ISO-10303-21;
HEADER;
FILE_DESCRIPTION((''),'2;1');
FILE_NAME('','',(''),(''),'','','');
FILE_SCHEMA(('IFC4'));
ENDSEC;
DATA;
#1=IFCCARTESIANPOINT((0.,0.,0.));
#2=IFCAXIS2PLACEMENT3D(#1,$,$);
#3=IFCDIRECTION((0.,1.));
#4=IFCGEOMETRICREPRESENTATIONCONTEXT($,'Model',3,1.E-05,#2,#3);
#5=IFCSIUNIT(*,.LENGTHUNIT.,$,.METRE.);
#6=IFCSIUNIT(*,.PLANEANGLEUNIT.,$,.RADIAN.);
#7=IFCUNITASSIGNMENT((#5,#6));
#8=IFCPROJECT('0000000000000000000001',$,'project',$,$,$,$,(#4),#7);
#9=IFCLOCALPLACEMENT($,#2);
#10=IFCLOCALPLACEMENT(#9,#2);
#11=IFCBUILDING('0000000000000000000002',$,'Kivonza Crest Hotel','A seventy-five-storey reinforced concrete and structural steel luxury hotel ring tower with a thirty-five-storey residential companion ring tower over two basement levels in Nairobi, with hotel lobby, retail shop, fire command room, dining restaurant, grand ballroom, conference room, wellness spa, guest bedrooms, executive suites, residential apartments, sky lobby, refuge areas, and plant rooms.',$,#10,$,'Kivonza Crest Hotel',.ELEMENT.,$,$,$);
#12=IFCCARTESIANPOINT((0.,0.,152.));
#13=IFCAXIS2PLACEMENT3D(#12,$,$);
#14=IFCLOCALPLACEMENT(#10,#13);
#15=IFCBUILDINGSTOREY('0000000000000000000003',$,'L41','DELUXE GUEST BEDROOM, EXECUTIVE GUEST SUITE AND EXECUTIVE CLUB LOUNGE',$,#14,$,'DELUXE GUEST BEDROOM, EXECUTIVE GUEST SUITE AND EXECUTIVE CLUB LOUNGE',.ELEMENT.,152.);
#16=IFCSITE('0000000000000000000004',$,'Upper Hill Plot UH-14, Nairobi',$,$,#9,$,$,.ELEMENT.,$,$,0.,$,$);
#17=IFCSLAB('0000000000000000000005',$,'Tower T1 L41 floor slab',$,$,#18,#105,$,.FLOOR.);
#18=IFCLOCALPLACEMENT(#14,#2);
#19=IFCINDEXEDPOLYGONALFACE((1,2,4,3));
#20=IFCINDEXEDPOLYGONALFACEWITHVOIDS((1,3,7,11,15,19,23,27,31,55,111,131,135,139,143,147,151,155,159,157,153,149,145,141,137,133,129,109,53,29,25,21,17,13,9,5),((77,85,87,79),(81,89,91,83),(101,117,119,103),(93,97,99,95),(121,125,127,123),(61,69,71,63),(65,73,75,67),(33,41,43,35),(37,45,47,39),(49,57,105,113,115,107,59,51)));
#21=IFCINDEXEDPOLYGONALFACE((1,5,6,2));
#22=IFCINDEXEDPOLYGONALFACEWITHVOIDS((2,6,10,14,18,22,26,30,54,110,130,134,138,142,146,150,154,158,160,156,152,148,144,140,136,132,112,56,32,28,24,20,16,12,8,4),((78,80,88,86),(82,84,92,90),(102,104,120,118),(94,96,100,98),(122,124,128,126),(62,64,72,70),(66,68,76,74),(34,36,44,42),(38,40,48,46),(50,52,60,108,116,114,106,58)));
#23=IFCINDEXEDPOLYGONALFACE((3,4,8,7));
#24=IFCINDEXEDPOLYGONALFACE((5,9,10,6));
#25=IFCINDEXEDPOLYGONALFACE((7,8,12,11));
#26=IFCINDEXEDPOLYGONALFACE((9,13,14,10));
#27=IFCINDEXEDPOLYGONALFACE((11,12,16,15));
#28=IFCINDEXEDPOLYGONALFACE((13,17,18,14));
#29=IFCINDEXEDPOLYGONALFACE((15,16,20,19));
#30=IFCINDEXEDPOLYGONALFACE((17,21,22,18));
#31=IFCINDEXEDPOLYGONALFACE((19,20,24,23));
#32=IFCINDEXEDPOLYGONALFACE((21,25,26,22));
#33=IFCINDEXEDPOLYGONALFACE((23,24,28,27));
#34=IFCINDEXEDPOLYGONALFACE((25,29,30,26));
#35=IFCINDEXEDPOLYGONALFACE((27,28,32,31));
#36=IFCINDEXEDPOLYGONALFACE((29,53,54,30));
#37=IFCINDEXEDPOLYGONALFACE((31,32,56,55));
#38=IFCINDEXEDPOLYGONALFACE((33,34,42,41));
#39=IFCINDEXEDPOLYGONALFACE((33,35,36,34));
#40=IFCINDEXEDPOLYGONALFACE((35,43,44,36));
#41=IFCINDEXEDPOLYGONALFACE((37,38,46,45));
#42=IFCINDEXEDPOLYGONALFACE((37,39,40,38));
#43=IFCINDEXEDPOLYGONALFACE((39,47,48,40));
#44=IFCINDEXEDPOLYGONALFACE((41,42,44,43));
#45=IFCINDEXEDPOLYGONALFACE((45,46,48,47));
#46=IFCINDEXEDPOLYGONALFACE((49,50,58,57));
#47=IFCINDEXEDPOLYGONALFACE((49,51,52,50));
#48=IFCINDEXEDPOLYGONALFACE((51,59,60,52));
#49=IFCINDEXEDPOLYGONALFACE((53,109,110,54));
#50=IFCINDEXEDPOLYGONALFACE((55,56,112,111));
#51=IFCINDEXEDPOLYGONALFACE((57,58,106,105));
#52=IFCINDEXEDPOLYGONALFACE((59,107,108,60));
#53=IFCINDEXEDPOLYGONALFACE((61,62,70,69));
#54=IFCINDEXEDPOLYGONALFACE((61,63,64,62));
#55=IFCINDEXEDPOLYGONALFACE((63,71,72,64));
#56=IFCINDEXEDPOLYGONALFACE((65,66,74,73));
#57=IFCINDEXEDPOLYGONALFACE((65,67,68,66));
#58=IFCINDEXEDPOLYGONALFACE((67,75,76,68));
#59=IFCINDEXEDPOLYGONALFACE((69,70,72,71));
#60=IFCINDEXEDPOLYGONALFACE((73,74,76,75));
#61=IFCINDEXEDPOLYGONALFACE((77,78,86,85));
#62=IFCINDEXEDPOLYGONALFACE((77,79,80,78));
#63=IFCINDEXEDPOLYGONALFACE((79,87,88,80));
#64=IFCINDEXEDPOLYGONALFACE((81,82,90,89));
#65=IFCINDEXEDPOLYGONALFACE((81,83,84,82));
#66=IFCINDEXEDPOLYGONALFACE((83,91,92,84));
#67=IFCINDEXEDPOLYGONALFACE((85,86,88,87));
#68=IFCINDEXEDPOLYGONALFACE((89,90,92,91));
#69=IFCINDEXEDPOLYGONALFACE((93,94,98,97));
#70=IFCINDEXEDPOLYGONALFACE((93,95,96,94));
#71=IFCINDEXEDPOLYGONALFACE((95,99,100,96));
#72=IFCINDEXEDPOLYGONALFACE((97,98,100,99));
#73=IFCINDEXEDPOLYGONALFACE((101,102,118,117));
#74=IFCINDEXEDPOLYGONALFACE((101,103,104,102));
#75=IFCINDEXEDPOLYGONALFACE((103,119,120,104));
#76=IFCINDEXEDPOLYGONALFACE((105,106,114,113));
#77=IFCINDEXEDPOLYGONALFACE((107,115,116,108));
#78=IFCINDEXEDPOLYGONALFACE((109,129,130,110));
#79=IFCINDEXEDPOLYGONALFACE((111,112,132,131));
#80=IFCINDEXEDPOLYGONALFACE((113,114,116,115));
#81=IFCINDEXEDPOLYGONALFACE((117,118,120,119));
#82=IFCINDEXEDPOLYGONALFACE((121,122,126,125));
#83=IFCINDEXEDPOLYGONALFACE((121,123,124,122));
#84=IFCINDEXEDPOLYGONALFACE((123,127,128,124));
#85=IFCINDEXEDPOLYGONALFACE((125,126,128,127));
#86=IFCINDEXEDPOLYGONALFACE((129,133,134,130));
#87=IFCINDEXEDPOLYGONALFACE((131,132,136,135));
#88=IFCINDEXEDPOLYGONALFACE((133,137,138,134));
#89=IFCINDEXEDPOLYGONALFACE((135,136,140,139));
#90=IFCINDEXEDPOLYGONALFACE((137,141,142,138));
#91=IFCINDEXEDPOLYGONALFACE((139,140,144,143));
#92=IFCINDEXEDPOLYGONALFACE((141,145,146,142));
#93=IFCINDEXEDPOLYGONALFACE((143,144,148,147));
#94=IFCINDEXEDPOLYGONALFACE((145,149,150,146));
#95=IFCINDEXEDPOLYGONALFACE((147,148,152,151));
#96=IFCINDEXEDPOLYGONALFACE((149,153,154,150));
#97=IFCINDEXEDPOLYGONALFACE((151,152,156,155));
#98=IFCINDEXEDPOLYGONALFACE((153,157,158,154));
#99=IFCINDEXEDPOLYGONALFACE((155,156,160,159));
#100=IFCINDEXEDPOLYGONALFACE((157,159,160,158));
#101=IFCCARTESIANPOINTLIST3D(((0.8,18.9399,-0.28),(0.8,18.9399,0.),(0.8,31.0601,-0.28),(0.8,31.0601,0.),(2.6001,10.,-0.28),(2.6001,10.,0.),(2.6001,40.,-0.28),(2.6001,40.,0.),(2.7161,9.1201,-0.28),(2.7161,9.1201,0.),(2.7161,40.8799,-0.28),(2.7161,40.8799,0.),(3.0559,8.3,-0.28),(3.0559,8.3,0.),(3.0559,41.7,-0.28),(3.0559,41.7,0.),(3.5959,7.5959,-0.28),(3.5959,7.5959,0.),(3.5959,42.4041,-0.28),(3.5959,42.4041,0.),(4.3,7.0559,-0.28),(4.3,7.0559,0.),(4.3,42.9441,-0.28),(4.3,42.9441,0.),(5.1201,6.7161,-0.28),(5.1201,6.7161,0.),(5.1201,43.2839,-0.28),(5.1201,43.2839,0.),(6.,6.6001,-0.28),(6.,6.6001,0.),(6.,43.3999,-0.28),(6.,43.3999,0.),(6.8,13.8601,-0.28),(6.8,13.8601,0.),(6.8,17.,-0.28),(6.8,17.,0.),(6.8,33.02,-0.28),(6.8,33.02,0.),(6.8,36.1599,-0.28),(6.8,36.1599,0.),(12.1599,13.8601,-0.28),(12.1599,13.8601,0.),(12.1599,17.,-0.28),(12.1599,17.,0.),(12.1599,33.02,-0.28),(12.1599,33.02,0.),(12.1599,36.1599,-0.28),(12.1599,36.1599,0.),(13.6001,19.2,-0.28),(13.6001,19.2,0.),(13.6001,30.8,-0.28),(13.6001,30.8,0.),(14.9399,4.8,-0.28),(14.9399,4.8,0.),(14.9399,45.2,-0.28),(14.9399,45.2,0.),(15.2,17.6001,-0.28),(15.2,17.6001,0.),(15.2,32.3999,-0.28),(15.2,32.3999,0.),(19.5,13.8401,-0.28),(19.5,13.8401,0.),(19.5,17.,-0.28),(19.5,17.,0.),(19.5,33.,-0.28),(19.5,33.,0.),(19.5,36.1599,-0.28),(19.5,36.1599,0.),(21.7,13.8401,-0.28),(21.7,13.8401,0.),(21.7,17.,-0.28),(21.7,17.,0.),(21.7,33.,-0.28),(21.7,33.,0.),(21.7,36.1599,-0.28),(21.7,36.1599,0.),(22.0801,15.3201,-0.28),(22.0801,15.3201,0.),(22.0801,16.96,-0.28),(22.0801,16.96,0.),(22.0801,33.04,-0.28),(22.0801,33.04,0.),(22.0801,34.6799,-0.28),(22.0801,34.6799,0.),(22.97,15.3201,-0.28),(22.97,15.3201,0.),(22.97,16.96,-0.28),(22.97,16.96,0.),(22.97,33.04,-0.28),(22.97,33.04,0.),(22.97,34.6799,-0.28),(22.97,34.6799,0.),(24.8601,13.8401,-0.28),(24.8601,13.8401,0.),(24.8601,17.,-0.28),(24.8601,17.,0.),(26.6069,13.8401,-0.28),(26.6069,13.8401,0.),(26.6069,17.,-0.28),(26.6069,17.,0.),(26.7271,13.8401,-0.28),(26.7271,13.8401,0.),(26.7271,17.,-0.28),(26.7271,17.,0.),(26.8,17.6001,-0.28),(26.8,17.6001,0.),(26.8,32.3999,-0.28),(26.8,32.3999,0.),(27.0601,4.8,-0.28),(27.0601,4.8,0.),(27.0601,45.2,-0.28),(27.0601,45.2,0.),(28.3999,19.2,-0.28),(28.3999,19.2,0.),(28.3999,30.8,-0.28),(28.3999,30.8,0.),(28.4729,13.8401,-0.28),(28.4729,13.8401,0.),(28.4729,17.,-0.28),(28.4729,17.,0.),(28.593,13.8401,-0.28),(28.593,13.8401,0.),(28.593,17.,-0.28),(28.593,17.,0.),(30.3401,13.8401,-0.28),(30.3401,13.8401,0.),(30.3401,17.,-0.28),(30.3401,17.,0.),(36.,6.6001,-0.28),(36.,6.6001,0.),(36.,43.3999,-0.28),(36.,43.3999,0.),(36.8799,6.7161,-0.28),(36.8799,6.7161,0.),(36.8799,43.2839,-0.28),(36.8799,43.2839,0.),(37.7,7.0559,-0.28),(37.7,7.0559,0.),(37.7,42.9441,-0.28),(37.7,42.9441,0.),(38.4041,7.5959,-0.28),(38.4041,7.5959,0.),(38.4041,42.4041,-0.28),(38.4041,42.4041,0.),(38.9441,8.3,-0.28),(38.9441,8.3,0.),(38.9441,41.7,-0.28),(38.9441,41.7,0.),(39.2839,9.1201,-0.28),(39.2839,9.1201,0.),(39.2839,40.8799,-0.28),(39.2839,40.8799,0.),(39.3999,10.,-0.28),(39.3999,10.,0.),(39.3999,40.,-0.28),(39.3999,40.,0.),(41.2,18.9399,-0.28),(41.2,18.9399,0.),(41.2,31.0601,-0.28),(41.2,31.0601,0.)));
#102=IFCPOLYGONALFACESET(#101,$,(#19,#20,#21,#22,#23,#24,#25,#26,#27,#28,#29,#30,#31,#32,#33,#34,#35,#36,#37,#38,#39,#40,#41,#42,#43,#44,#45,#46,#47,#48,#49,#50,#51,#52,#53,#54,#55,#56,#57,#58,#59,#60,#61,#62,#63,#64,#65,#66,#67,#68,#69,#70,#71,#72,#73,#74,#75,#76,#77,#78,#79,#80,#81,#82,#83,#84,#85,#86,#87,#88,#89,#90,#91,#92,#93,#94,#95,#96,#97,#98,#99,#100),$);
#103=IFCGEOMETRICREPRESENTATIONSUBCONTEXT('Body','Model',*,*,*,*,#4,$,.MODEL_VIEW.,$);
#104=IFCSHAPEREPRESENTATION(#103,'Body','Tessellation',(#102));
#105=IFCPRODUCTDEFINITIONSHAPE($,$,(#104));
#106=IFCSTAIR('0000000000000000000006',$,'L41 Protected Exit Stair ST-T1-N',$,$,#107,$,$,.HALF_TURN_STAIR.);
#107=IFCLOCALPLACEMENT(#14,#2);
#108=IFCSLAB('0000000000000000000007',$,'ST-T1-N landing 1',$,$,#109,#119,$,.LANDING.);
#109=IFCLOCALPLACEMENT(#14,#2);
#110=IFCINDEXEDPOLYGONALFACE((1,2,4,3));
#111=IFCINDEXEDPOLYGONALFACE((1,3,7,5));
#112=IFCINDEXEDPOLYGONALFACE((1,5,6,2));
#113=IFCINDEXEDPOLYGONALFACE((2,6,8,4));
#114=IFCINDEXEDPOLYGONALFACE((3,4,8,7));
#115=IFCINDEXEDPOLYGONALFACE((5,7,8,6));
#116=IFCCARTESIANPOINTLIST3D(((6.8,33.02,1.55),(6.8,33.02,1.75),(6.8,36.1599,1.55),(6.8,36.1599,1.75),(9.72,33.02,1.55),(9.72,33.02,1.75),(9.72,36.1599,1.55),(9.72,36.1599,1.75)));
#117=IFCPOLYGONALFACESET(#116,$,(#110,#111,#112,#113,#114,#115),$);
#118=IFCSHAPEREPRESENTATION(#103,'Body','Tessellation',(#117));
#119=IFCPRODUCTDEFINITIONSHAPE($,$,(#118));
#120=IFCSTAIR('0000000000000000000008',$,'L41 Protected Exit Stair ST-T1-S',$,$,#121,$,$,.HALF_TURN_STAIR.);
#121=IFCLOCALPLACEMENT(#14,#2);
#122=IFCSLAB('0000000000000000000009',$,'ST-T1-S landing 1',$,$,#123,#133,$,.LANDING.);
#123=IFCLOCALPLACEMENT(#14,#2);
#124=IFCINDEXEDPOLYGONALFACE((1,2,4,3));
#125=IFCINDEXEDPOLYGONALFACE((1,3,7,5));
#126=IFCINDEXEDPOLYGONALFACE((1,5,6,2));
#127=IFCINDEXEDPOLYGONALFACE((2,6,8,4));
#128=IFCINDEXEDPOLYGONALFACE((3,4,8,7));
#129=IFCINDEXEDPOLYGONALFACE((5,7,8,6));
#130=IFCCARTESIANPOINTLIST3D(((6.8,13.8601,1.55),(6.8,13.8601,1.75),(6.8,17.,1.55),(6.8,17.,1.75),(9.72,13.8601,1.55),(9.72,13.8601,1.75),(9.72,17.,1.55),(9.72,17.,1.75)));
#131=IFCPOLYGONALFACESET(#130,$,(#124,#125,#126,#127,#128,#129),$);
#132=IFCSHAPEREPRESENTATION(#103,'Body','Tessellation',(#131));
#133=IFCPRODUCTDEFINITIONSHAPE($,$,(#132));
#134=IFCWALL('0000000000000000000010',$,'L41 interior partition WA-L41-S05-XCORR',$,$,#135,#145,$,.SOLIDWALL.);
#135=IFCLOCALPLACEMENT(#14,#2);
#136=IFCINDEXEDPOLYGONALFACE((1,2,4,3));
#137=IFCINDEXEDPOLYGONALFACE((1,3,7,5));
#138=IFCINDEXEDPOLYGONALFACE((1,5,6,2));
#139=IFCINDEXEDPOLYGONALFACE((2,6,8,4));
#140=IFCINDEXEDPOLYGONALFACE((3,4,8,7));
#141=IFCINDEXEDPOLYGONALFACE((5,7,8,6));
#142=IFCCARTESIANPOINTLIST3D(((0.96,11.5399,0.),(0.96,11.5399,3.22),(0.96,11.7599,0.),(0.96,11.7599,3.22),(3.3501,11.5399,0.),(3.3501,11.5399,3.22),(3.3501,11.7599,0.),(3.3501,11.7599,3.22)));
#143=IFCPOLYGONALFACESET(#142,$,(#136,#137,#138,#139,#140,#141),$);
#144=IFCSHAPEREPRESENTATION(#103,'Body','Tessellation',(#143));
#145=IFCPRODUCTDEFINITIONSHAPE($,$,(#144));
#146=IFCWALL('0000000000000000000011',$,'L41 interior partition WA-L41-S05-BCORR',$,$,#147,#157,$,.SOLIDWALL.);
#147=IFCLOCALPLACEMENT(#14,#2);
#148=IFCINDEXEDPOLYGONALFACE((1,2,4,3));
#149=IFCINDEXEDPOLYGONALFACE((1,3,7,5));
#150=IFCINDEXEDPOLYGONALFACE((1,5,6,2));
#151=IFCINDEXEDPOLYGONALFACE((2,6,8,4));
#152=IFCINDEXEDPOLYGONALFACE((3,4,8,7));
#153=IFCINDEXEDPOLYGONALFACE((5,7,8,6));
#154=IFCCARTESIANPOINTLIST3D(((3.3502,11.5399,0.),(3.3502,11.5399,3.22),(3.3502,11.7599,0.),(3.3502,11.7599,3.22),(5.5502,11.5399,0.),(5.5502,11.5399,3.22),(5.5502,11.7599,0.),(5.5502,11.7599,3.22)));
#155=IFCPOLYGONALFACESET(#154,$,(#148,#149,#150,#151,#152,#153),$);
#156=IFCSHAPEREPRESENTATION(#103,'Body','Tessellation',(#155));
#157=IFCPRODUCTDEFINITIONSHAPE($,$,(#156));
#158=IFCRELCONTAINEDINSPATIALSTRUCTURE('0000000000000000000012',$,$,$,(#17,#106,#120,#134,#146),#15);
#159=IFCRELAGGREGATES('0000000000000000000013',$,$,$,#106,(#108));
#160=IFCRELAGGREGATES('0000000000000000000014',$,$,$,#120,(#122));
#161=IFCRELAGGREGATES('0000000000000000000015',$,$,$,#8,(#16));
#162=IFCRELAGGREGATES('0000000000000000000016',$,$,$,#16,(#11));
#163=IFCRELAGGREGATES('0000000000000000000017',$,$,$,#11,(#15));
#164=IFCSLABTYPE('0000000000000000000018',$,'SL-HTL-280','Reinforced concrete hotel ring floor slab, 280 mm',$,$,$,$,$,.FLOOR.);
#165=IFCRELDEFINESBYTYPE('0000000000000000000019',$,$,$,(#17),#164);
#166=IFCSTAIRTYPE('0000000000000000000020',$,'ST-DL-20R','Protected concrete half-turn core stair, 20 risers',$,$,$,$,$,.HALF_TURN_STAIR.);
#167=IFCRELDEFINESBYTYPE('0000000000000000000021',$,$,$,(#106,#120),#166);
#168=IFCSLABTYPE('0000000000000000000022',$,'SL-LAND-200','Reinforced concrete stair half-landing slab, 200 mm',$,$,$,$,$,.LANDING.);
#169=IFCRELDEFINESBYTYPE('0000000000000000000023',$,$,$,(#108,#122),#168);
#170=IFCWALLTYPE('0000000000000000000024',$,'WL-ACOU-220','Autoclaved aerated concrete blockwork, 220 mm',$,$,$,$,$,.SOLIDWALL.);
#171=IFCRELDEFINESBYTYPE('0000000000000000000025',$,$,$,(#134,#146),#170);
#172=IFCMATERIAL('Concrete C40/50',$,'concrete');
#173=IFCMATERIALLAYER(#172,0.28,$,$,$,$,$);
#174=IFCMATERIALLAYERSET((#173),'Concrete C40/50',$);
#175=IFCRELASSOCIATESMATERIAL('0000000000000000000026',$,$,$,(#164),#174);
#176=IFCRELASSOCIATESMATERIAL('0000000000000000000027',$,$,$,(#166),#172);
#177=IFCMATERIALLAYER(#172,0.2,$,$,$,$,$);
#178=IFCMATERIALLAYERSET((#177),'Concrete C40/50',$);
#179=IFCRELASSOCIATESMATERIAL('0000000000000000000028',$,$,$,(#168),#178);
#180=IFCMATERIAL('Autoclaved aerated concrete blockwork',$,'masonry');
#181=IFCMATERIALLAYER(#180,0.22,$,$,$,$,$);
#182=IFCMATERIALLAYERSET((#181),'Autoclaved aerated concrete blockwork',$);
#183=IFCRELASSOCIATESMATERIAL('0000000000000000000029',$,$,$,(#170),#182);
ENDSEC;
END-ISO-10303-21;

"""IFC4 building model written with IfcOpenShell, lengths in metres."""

from ifc_helpers import new_model, si_unit, direction, frame, frame_2d, origin, place, context, subcontext, project, spatial, polyline, rectangle, outline, extrude, material, layer, layer_set, type_object, element, aggregate, save


model = new_model("IFC4")

# Units and contexts
model_context = context("Model", 3, precision=1e-05, world=origin(), true_north=direction((0.0, 1.0)))
body_context = subcontext(model_context, "Body", "Model", "MODEL_VIEW")
ifc_project = project(units=[si_unit("LENGTHUNIT", "METRE"), si_unit("PLANEANGLEUNIT", "RADIAN")], contexts=[model_context])

# Site, building, storey
site_placement = place(None, origin())
site = spatial("IfcSite", under=ifc_project, at=site_placement, Name="Upper Hill Plot UH-14, Nairobi", CompositionType="ELEMENT", RefElevation=0.0)
building_placement = place(site_placement, origin())
building = spatial("IfcBuilding", under=site, at=building_placement, Name="Kivonza Crest Hotel", Description="A seventy-five-storey reinforced concrete and structural steel luxury hotel ring tower with a thirty-five-storey residential companion ring tower over two basement levels in Nairobi, with hotel lobby, retail shop, fire command room, dining restaurant, grand ballroom, conference room, wellness spa, guest bedrooms, executive suites, residential apartments, sky lobby, refuge areas, and plant rooms.", LongName="Kivonza Crest Hotel", CompositionType="ELEMENT")
storey_placement = place(building_placement, frame((0.0, 0.0, 152.0)))
storey = spatial("IfcBuildingStorey", under=building, at=storey_placement, Name="L41", Description="DELUXE GUEST BEDROOM, EXECUTIVE GUEST SUITE AND EXECUTIVE CLUB LOUNGE", LongName="DELUXE GUEST BEDROOM, EXECUTIVE GUEST SUITE AND EXECUTIVE CLUB LOUNGE", CompositionType="ELEMENT", Elevation=152.0)

# Slab
ifc_material_1 = material(Name="Concrete C40/50", Category="concrete")
ifc_layer_1 = layer(ifc_material_1, 0.28)
ifc_layer_set_1 = layer_set([ifc_layer_1], Name="Concrete C40/50")
slab_type_1 = type_object("IfcSlabType", Name="SL-HTL-280", Description="Reinforced concrete hotel ring floor slab, 280 mm", PredefinedType="FLOOR", material=ifc_layer_set_1)
slab_1_placement = place(storey_placement, frame((0.0, 0.0, -0.28)))
element("IfcSlab", 1, at=slab_1_placement, inside=storey, type_object=slab_type_1, Name="Tower T1 L41 floor slab", PredefinedType="FLOOR", context=body_context, shape_type="SweptSolid", body=[
    extrude(outline(polyline([(2.6001, 10.0), (2.7161, 9.1201), (3.0559, 8.3), (3.5959, 7.5959), (4.3, 7.0559), (5.1201, 6.7161), (6.0, 6.6001), (14.9399, 4.8), (27.0601, 4.8), (36.0, 6.6001), (36.8799, 6.7161), (37.7, 7.0559), (38.4041, 7.5959), (38.9441, 8.3), (39.2839, 9.1201), (39.3999, 10.0), (41.2, 18.9399), (41.2, 31.0601), (39.3999, 40.0), (39.2839, 40.8799), (38.9441, 41.7), (38.4041, 42.4041), (37.7, 42.9441), (36.8799, 43.2839), (36.0, 43.3999), (27.0601, 45.2), (14.9399, 45.2), (6.0, 43.3999), (5.1201, 43.2839), (4.3, 42.9441), (3.5959, 42.4041), (3.0559, 41.7), (2.7161, 40.8799), (2.6001, 40.0), (0.8, 31.0601), (0.8, 18.9399), (2.6001, 10.0)]), holes=[polyline([(15.2, 17.6001), (26.8, 17.6001), (28.3999, 19.2), (28.3999, 30.8), (26.8, 32.3999), (15.2, 32.3999), (13.6001, 30.8), (13.6001, 19.2), (15.2, 17.6001)]), polyline([(6.8, 33.02), (12.1599, 33.02), (12.1599, 36.1599), (6.8, 36.1599), (6.8, 33.02)]), polyline([(6.8, 13.8601), (12.1599, 13.8601), (12.1599, 17.0), (6.8, 17.0), (6.8, 13.8601)]), polyline([(22.0801, 33.04), (22.97, 33.04), (22.97, 34.6799), (22.0801, 34.6799), (22.0801, 33.04)]), polyline([(22.0801, 15.3201), (22.97, 15.3201), (22.97, 16.96), (22.0801, 16.96), (22.0801, 15.3201)]), polyline([(19.5, 33.0), (21.7, 33.0), (21.7, 36.1599), (19.5, 36.1599), (19.5, 33.0)]), polyline([(19.5, 13.8401), (21.7, 13.8401), (21.7, 17.0), (19.5, 17.0), (19.5, 13.8401)]), polyline([(24.8601, 13.8401), (26.6069, 13.8401), (26.6069, 17.0), (24.8601, 17.0), (24.8601, 13.8401)]), polyline([(26.7271, 13.8401), (28.4729, 13.8401), (28.4729, 17.0), (26.7271, 17.0), (26.7271, 13.8401)]), polyline([(28.593, 13.8401), (30.3401, 13.8401), (30.3401, 17.0), (28.593, 17.0), (28.593, 13.8401)])]), origin(), (0.0, 0.0, 1.0), 0.28),
])

# Stairs, slabs
stair_type = type_object("IfcStairType", Name="ST-DL-20R", Description="Protected concrete half-turn core stair, 20 risers", PredefinedType="HALF_TURN_STAIR", material=ifc_material_1)
stair_1_placement = place(storey_placement, origin())
stair_1 = element("IfcStair", 2, at=stair_1_placement, inside=storey, type_object=stair_type, Name="L41 Protected Exit Stair ST-T1-N", PredefinedType="HALF_TURN_STAIR")
ifc_layer_2 = layer(ifc_material_1, 0.2)
ifc_layer_set_2 = layer_set([ifc_layer_2], Name="Concrete C40/50")
slab_type_2 = type_object("IfcSlabType", Name="SL-LAND-200", Description="Reinforced concrete stair half-landing slab, 200 mm", PredefinedType="LANDING", material=ifc_layer_set_2)
slab_2_placement = place(storey_placement, frame((0.0, 0.0, 1.55)))
slab_2 = element("IfcSlab", 3, at=slab_2_placement, type_object=slab_type_2, Name="ST-T1-N landing 1", PredefinedType="LANDING", context=body_context, shape_type="SweptSolid", body=[
    extrude(outline(polyline([(9.72, 36.1599), (6.8, 36.1599), (6.8, 33.02), (9.72, 33.02), (9.72, 36.1599)])), origin(), (0.0, 0.0, 1.0), 0.2),
])
aggregate(stair_1, [slab_2])
stair_2_placement = place(storey_placement, origin())
stair_2 = element("IfcStair", 4, at=stair_2_placement, inside=storey, type_object=stair_type, Name="L41 Protected Exit Stair ST-T1-S", PredefinedType="HALF_TURN_STAIR")
slab_3_placement = place(storey_placement, frame((0.0, 0.0, 1.55)))
slab_3 = element("IfcSlab", 5, at=slab_3_placement, type_object=slab_type_2, Name="ST-T1-S landing 1", PredefinedType="LANDING", context=body_context, shape_type="SweptSolid", body=[
    extrude(outline(polyline([(9.72, 17.0), (6.8, 17.0), (6.8, 13.8601), (9.72, 13.8601), (9.72, 17.0)])), origin(), (0.0, 0.0, 1.0), 0.2),
])
aggregate(stair_2, [slab_3])

# Walls
ifc_material_2 = material(Name="Autoclaved aerated concrete blockwork", Category="masonry")
ifc_layer_3 = layer(ifc_material_2, 0.22)
ifc_layer_set_3 = layer_set([ifc_layer_3], Name="Autoclaved aerated concrete blockwork")
wall_type_1 = type_object("IfcWallType", Name="WL-ACOU-220", Description="Autoclaved aerated concrete blockwork, 220 mm", PredefinedType="SOLIDWALL", material=ifc_layer_set_3)
wall_1_placement = place(storey_placement, frame((0.96, 11.6499, 0.0), z_axis=(0.0, 0.0, 1.0), x_axis=(1.0, 0.0, 0.0)))
element("IfcWall", 6, at=wall_1_placement, inside=storey, type_object=wall_type_1, Name="L41 interior partition WA-L41-S05-XCORR", PredefinedType="SOLIDWALL", context=body_context, shape_type="SweptSolid", body=[
    extrude(rectangle(XDim=2.3901, YDim=0.22, at=frame_2d((1.1951, 0.0))), origin(), (0.0, 0.0, 1.0), 3.22),
])
wall_2_placement = place(storey_placement, frame((3.3501, 11.6499, 0.0), z_axis=(0.0, 0.0, 1.0), x_axis=(1.0, 0.0, 0.0)))
element("IfcWall", 7, at=wall_2_placement, inside=storey, type_object=wall_type_1, Name="L41 interior partition WA-L41-S05-BCORR", PredefinedType="SOLIDWALL", context=body_context, shape_type="SweptSolid", body=[
    extrude(rectangle(XDim=2.2, YDim=0.22, at=frame_2d((1.1001, 0.0))), origin(), (0.0, 0.0, 1.0), 3.22),
])

save(model, "model.ifc")
